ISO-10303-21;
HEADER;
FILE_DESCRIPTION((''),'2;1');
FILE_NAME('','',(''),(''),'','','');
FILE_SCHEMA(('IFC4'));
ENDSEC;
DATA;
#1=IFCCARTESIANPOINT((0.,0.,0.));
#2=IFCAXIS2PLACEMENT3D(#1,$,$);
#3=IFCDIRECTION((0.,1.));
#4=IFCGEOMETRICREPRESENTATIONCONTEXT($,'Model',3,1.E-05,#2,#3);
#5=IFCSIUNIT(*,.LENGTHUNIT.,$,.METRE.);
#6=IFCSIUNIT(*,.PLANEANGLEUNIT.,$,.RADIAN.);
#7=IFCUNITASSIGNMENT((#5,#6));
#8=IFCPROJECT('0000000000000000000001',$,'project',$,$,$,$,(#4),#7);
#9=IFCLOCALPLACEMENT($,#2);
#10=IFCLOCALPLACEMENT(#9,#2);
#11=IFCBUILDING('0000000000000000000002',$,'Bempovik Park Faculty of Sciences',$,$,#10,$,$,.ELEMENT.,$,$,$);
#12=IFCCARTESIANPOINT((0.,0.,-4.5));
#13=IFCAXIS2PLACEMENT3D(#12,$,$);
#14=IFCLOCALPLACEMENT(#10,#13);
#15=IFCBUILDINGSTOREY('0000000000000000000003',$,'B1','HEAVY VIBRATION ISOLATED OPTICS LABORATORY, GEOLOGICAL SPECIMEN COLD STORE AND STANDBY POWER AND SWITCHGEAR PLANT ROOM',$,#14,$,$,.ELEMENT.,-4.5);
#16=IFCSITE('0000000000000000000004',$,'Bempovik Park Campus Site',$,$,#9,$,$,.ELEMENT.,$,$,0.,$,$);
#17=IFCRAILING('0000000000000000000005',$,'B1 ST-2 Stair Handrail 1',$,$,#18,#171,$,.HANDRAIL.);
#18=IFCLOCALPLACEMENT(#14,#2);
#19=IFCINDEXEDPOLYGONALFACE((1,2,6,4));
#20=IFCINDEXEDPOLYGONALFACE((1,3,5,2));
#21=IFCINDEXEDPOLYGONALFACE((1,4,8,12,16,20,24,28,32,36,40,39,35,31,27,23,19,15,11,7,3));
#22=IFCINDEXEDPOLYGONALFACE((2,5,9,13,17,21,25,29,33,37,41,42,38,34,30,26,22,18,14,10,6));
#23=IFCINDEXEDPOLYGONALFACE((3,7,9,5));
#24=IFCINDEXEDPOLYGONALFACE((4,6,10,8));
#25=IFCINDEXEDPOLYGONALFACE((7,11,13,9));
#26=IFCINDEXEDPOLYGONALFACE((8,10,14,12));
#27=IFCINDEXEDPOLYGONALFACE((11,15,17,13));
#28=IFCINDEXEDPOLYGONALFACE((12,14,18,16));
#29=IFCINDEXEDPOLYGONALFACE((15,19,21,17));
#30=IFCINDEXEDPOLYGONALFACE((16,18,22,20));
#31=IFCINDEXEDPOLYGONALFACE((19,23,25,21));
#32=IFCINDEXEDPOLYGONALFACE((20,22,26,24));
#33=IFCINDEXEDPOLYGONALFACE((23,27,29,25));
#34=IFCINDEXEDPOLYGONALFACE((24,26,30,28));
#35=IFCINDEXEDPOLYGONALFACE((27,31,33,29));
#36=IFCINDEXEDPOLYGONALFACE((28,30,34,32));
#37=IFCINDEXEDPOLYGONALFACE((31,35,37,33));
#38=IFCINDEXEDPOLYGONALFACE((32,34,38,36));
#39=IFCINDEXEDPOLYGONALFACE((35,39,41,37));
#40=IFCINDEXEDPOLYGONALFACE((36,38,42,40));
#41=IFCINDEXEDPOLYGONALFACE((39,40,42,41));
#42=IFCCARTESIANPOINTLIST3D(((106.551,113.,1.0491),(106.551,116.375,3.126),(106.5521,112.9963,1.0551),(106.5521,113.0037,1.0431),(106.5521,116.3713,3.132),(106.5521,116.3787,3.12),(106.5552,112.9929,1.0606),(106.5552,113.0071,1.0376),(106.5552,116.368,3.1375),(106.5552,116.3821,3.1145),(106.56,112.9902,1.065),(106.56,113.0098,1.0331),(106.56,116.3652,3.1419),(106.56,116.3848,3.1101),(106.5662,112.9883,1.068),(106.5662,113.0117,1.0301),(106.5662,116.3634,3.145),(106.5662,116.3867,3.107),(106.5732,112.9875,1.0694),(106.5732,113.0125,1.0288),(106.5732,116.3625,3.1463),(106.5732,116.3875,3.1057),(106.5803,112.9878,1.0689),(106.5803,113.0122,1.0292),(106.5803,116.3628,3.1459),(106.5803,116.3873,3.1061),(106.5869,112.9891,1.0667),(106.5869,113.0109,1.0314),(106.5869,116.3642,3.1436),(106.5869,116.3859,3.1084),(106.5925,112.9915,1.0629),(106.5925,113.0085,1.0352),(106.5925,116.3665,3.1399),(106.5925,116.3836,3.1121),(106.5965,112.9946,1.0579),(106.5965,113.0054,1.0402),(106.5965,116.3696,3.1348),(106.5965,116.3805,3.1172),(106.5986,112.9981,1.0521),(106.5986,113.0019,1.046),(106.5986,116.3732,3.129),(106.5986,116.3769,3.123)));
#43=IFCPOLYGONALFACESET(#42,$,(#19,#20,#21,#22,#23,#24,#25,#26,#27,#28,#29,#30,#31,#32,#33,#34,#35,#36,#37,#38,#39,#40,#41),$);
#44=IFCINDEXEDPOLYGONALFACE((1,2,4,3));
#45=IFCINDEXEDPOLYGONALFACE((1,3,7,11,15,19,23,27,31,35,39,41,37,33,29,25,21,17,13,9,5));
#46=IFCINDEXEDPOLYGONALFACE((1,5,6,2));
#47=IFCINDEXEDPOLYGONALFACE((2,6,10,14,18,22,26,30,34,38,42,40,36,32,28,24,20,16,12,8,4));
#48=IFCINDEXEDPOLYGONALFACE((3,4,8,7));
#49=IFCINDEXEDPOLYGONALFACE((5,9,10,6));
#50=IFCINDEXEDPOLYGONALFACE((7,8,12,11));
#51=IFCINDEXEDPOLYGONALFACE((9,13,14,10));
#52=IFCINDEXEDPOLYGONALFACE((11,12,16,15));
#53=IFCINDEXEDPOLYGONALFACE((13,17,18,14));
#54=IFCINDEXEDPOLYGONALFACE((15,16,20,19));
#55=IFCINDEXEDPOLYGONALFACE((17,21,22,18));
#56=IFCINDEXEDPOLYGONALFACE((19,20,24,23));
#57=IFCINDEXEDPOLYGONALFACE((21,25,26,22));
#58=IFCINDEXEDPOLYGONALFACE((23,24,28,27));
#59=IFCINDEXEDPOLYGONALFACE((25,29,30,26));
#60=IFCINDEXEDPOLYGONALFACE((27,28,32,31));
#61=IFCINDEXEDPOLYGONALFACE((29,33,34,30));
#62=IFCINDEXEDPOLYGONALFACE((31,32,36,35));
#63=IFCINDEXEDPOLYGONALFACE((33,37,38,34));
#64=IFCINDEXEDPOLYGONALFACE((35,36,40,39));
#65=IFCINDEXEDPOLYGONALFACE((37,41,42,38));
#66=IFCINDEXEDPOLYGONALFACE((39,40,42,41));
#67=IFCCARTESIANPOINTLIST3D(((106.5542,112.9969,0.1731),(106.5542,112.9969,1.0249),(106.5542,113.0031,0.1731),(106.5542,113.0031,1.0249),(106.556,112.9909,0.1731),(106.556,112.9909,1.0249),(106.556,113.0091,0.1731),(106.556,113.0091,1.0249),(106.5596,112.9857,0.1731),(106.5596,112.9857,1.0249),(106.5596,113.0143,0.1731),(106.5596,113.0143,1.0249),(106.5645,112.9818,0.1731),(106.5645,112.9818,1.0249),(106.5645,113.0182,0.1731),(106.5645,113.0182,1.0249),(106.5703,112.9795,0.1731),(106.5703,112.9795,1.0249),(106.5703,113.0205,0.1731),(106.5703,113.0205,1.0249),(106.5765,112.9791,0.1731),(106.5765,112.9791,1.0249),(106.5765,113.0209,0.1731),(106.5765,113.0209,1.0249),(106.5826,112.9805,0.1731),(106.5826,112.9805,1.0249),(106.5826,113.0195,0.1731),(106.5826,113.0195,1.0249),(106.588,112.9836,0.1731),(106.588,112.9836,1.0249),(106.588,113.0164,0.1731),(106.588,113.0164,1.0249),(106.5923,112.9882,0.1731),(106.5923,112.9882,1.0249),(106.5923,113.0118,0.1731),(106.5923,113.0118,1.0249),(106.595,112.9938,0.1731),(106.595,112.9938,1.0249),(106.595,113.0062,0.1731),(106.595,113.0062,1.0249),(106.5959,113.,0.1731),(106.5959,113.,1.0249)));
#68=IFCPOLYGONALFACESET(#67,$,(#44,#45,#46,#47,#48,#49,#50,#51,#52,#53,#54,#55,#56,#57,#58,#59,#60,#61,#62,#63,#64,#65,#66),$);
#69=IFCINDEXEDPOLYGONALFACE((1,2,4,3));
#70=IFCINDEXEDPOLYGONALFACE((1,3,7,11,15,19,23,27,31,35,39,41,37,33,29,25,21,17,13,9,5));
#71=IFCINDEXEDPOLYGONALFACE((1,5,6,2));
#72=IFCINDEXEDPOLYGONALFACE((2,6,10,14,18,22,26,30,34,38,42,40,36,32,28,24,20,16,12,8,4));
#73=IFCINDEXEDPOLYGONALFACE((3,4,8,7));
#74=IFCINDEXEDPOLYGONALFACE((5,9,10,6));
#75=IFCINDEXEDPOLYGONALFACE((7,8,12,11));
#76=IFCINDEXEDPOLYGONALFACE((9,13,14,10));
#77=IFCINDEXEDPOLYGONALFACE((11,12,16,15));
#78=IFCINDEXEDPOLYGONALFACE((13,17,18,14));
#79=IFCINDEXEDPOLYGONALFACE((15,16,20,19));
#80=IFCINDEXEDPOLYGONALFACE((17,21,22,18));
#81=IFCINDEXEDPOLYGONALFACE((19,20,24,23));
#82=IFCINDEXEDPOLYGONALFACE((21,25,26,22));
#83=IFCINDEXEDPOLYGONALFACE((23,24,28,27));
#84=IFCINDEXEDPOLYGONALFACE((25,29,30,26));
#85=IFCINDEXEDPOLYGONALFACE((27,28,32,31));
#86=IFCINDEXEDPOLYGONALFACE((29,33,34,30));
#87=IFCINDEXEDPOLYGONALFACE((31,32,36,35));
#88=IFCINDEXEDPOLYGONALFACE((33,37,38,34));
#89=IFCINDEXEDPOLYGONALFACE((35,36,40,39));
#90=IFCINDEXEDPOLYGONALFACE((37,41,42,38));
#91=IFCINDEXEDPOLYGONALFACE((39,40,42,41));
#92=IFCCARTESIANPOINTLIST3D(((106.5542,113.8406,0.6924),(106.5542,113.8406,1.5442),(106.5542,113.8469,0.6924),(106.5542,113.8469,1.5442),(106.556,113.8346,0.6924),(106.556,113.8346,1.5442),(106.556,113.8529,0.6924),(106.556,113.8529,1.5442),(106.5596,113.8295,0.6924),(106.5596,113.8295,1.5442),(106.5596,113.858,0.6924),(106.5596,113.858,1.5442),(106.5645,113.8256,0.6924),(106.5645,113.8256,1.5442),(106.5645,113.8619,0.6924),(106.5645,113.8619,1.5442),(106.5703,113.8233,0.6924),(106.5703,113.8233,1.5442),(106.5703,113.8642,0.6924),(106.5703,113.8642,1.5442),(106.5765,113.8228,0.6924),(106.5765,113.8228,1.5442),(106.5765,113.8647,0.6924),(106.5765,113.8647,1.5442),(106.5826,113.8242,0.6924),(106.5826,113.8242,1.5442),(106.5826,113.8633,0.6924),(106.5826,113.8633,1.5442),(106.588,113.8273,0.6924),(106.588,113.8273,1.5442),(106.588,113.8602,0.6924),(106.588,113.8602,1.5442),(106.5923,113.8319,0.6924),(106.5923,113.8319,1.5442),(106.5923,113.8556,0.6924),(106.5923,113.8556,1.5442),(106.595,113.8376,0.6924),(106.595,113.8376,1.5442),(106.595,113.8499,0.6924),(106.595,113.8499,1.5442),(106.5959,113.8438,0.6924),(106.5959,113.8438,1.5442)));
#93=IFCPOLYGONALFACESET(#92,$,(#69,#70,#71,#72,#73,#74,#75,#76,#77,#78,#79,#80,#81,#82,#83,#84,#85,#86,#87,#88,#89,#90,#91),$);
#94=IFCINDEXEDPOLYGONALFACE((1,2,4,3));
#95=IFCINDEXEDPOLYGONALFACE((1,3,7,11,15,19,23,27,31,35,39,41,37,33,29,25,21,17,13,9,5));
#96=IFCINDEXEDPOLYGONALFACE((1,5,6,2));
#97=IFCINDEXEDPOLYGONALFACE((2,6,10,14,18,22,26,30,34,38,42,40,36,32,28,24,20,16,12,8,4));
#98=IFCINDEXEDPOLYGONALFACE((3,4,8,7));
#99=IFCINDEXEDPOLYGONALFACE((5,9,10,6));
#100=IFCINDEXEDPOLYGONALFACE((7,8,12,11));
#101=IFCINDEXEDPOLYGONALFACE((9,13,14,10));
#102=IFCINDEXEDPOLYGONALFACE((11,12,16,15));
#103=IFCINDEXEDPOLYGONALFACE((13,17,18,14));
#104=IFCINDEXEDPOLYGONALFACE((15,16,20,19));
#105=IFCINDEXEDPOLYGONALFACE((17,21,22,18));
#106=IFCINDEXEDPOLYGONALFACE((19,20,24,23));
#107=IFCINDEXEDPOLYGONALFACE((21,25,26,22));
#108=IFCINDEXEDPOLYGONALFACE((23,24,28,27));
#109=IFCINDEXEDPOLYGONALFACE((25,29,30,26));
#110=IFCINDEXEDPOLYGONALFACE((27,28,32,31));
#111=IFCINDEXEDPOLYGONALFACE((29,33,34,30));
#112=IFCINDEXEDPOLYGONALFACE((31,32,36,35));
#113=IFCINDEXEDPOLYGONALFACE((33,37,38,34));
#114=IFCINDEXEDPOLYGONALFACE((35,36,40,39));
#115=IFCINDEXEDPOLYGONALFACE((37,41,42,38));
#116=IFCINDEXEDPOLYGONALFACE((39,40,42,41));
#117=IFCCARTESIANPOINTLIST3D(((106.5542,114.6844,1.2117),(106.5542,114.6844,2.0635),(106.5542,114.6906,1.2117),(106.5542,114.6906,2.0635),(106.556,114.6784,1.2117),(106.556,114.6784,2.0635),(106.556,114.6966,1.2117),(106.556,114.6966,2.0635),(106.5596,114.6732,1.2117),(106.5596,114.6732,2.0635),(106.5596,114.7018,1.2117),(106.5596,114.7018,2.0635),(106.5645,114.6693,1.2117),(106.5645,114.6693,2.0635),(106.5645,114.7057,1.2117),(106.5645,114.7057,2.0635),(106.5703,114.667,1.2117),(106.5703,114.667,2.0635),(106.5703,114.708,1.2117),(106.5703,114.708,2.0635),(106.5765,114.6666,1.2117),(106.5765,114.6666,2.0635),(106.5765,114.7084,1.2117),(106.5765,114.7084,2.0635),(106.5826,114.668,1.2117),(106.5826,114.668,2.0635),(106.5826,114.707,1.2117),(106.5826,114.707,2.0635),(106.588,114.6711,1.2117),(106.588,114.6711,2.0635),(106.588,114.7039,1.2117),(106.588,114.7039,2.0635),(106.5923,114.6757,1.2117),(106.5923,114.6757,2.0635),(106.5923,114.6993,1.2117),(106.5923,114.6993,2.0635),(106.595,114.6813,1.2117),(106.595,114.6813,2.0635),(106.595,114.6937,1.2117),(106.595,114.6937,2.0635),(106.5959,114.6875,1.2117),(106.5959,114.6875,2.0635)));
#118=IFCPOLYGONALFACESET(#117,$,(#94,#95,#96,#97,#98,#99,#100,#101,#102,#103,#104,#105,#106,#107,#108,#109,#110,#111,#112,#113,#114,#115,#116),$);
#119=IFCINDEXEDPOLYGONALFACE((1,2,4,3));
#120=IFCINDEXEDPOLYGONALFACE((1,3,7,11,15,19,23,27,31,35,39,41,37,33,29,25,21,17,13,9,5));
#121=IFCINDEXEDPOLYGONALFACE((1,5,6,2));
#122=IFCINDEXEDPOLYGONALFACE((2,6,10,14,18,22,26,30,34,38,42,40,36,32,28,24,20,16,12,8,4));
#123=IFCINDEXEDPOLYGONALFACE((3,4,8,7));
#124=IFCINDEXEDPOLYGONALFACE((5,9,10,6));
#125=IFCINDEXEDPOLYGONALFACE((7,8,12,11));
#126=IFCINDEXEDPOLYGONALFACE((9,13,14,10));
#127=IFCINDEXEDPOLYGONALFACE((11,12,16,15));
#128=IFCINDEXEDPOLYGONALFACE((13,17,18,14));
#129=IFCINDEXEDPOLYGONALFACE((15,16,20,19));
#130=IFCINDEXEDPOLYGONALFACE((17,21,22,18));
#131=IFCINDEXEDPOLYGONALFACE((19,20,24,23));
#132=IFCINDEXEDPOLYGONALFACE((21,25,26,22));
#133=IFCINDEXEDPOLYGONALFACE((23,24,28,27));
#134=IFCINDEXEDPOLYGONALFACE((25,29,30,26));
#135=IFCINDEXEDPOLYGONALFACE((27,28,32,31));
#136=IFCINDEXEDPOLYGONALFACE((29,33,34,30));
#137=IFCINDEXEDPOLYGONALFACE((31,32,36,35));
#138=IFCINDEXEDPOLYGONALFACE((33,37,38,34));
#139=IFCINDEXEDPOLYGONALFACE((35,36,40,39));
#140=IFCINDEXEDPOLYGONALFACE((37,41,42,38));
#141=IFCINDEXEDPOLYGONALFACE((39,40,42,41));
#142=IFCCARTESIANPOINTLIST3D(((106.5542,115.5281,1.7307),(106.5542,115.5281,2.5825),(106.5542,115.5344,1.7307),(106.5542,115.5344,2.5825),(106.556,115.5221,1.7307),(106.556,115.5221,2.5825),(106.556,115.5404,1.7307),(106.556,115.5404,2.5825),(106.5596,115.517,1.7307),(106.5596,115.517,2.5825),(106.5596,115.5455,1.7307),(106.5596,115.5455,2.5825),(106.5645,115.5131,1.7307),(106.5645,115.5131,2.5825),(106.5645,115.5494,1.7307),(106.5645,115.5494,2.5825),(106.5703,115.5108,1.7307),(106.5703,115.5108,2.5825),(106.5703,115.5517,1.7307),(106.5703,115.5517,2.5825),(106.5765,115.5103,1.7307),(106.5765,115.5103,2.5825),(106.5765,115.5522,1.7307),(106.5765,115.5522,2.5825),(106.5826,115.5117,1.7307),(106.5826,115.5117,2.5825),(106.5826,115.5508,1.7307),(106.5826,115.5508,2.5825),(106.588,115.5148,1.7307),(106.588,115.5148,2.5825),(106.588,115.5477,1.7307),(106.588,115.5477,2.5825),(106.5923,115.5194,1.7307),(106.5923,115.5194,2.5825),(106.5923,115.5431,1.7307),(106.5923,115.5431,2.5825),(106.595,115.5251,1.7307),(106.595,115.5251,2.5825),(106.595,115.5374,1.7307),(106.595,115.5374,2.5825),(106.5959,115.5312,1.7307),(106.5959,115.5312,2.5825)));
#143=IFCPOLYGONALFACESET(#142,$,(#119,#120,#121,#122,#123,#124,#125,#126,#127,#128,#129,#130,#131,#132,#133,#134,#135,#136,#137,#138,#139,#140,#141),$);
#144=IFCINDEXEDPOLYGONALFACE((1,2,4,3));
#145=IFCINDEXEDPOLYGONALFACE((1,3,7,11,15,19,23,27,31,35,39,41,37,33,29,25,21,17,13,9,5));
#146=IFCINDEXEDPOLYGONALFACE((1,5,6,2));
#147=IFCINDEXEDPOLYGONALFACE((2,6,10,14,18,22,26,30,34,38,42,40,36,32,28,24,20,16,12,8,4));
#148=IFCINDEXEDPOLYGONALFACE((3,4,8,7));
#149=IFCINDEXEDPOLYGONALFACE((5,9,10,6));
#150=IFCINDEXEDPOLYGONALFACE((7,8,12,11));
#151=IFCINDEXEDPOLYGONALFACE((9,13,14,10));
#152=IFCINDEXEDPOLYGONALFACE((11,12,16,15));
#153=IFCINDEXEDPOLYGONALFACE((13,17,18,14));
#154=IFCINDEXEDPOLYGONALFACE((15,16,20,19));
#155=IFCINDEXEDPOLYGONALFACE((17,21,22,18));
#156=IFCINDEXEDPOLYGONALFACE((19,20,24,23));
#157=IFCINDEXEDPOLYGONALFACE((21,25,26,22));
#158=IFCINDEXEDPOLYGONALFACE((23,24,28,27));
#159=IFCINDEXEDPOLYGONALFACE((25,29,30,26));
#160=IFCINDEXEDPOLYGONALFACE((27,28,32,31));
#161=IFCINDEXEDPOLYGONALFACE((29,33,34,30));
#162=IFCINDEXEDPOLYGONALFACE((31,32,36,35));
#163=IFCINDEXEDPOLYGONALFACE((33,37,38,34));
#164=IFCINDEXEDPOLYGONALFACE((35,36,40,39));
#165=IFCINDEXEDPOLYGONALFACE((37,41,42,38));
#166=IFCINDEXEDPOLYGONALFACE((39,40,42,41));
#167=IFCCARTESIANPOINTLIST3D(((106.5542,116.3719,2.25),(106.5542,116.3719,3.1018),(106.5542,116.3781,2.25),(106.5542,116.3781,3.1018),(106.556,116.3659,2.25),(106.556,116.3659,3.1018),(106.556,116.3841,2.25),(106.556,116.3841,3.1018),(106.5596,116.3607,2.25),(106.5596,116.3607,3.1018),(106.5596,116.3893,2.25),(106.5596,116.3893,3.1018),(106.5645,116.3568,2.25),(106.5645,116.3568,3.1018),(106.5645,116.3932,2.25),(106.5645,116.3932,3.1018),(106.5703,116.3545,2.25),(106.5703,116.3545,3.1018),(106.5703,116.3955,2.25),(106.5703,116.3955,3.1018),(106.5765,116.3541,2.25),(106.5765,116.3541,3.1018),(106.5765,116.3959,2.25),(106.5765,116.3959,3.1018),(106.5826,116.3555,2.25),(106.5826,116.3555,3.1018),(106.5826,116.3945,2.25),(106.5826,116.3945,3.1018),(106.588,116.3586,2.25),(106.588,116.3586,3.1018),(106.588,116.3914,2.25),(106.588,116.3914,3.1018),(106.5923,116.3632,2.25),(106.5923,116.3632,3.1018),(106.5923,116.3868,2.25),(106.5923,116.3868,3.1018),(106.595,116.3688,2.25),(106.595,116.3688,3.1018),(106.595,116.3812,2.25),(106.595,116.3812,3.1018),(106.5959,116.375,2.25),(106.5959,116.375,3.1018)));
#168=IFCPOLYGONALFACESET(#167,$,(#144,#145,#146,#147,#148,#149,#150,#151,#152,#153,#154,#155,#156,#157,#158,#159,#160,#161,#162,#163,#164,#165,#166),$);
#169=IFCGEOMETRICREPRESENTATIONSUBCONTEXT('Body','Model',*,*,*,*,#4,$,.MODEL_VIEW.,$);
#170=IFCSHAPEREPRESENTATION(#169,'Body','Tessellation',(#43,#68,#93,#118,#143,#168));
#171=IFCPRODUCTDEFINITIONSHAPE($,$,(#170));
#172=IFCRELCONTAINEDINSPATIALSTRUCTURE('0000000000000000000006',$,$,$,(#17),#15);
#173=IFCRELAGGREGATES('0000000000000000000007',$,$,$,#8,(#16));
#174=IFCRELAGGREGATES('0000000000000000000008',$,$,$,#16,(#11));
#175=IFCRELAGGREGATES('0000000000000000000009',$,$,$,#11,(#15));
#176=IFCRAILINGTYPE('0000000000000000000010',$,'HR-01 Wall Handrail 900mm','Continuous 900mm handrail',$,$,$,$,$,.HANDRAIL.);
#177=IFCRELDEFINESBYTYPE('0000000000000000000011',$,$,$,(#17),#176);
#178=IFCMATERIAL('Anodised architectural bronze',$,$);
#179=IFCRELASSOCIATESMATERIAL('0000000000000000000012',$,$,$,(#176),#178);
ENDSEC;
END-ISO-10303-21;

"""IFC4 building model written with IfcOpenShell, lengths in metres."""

from ifc_helpers import new_model, si_unit, direction, frame, origin, origin_2d, place, context, subcontext, project, spatial, circle, extrude, material, type_object, element, save


model = new_model("IFC4")

# Units and contexts
model_context = context("Model", 3, precision=1e-05, world=origin(), true_north=direction((0.0, 1.0)))
body_context = subcontext(model_context, "Body", "Model", "MODEL_VIEW")
ifc_project = project(units=[si_unit("LENGTHUNIT", "METRE"), si_unit("PLANEANGLEUNIT", "RADIAN")], contexts=[model_context])

# Site, building, storey
site_placement = place(None, origin())
site = spatial("IfcSite", under=ifc_project, at=site_placement, Name="Bempovik Park Campus Site", CompositionType="ELEMENT", RefElevation=0.0)
building_placement = place(site_placement, origin())
building = spatial("IfcBuilding", under=site, at=building_placement, Name="Bempovik Park Faculty of Sciences", CompositionType="ELEMENT")
storey_placement = place(building_placement, frame((0.0, 0.0, -4.5)))
storey = spatial("IfcBuildingStorey", under=building, at=storey_placement, Name="B1", Description="HEAVY VIBRATION ISOLATED OPTICS LABORATORY, GEOLOGICAL SPECIMEN COLD STORE AND STANDBY POWER AND SWITCHGEAR PLANT ROOM", CompositionType="ELEMENT", Elevation=-4.5)

# Railing
ifc_material_1 = material(Name="Anodised architectural bronze")
railing_type_1 = type_object("IfcRailingType", Name="HR-01 Wall Handrail 900mm", Description="Continuous 900mm handrail", PredefinedType="HANDRAIL", material=ifc_material_1)
railing_1_placement = place(storey_placement, frame((106.575, 113.0, 0.1731)))
element("IfcRailing", 1, at=railing_1_placement, inside=storey, type_object=railing_type_1, Name="B1 ST-2 Stair Handrail 1", PredefinedType="HANDRAIL", context=body_context, shape_type="SweptSolid", body=[
    extrude(circle(Radius=0.0239, at=origin_2d()), frame((0.0, 0.0, 0.876), z_axis=(0.0, 0.85166, 0.524094), x_axis=(-1.0, 0.0, 0.0)), (0.0, 0.0, 1.0), 3.9629),
    extrude(circle(Radius=0.021, at=origin_2d()), origin(), (0.0, 0.0, 1.0), 0.8518),
    extrude(circle(Radius=0.021, at=origin_2d()), frame((0.0, 0.8438, 0.5193)), (0.0, 0.0, 1.0), 0.8518),
    extrude(circle(Radius=0.021, at=origin_2d()), frame((0.0, 1.6875, 1.0386)), (0.0, 0.0, 1.0), 0.8518),
    extrude(circle(Radius=0.021, at=origin_2d()), frame((0.0, 2.5312, 1.5576)), (0.0, 0.0, 1.0), 0.8518),
    extrude(circle(Radius=0.021, at=origin_2d()), frame((0.0, 3.375, 2.0769)), (0.0, 0.0, 1.0), 0.8518),
])

save(model, "model.ifc")
